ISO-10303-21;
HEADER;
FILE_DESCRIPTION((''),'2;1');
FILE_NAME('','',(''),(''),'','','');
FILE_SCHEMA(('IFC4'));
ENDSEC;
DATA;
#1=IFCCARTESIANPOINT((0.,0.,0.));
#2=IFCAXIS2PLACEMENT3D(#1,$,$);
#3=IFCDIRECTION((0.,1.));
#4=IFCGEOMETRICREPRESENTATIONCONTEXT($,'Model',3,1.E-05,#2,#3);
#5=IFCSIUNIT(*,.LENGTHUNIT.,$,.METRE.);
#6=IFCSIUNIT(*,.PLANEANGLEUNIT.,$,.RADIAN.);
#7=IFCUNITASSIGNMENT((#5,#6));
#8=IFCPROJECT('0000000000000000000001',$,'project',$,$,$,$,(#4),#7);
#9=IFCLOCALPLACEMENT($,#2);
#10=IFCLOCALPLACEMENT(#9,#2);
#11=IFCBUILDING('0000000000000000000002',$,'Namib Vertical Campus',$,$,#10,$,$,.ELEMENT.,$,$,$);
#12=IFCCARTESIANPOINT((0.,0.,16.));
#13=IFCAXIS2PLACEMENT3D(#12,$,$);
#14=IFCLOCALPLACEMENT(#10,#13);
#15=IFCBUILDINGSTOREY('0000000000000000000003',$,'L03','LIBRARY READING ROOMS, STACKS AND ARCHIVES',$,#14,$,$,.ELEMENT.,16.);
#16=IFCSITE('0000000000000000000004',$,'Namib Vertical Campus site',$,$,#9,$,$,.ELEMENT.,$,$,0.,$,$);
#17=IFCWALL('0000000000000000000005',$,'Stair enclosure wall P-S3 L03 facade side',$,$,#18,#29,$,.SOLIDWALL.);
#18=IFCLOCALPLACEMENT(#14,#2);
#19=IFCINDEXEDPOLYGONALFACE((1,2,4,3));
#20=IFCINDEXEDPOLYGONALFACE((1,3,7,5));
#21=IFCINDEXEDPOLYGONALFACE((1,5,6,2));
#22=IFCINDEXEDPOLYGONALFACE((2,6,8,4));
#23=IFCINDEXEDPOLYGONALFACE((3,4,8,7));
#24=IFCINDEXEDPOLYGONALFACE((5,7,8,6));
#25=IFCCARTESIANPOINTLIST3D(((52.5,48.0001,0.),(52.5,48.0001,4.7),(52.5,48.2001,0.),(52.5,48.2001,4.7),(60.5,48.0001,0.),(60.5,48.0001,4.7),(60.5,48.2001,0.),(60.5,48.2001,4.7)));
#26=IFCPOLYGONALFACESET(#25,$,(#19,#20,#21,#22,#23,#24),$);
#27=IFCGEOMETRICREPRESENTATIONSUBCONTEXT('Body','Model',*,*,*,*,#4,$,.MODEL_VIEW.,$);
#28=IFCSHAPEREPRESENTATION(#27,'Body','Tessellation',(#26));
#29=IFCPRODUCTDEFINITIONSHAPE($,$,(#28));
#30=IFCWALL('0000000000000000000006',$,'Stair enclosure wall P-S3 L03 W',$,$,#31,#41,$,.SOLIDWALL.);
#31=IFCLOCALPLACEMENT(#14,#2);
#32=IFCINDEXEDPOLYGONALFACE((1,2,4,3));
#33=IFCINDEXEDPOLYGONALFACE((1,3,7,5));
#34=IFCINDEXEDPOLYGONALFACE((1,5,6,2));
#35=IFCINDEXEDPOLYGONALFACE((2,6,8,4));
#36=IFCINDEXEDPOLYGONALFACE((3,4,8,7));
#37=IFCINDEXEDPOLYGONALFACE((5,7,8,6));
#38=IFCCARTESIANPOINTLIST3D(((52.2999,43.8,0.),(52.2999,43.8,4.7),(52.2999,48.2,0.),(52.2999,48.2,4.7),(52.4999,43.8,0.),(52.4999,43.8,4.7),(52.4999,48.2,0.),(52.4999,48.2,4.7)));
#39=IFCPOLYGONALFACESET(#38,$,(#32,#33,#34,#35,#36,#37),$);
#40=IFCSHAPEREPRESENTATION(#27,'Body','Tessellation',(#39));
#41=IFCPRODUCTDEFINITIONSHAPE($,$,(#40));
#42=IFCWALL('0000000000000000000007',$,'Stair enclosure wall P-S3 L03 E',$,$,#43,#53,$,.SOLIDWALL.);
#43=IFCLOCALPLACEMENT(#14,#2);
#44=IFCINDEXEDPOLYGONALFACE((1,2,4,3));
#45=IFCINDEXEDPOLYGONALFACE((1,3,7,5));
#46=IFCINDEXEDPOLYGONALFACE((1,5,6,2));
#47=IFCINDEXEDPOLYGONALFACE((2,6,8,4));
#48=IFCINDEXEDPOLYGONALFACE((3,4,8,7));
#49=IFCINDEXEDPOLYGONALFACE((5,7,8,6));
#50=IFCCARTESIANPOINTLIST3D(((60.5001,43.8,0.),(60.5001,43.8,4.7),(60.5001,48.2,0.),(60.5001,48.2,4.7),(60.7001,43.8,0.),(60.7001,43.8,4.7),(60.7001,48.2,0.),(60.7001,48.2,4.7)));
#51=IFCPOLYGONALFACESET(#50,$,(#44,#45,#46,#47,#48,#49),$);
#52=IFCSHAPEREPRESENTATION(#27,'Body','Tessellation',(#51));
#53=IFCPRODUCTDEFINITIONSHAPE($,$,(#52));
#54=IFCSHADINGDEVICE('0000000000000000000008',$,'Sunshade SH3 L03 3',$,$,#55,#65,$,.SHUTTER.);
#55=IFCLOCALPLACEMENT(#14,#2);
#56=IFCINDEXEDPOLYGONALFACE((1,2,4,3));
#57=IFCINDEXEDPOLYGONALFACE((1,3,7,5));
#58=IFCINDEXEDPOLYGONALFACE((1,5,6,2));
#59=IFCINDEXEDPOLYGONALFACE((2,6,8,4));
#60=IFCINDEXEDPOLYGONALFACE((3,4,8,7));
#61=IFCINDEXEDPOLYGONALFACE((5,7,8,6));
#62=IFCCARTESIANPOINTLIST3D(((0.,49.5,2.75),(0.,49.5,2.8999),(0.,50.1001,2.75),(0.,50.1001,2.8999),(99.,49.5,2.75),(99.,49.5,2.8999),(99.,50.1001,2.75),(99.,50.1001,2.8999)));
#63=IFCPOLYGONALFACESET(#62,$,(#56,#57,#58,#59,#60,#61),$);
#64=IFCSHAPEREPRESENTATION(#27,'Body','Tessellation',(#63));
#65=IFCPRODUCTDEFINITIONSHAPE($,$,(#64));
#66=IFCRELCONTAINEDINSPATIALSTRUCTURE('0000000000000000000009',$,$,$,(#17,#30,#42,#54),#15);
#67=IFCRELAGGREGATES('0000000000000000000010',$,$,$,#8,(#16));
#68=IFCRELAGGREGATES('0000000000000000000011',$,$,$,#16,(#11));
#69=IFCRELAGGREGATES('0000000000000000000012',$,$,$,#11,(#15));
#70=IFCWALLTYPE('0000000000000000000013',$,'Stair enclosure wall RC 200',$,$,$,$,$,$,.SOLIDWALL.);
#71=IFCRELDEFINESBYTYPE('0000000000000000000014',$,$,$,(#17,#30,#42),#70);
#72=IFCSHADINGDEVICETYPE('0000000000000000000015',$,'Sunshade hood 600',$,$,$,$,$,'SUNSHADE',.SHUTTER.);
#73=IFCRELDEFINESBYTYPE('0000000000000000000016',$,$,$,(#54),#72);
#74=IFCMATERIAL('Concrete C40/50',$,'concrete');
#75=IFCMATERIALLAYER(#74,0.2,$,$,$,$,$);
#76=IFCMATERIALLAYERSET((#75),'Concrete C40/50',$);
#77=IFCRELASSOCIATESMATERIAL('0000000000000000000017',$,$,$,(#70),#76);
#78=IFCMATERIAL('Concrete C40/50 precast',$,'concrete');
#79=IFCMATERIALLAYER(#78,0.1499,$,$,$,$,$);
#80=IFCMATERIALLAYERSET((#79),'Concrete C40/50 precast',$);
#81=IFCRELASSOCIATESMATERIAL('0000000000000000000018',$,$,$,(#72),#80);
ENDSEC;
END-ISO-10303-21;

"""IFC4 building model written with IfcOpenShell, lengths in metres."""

from ifc_helpers import new_model, si_unit, direction, frame, frame_2d, origin, origin_2d, place, context, subcontext, project, spatial, rectangle, extrude, material, layer, layer_set, type_object, element, save


model = new_model("IFC4")

# Units and contexts
model_context = context("Model", 3, precision=1e-05, world=origin(), true_north=direction((0.0, 1.0)))
body_context = subcontext(model_context, "Body", "Model", "MODEL_VIEW")
ifc_project = project(units=[si_unit("LENGTHUNIT", "METRE"), si_unit("PLANEANGLEUNIT", "RADIAN")], contexts=[model_context])

# Site, building, storey
site_placement = place(None, origin())
site = spatial("IfcSite", under=ifc_project, at=site_placement, Name="Namib Vertical Campus site", CompositionType="ELEMENT", RefElevation=0.0)
building_placement = place(site_placement, origin())
building = spatial("IfcBuilding", under=site, at=building_placement, Name="Namib Vertical Campus", CompositionType="ELEMENT")
storey_placement = place(building_placement, frame((0.0, 0.0, 16.0)))
storey = spatial("IfcBuildingStorey", under=building, at=storey_placement, Name="L03", Description="LIBRARY READING ROOMS, STACKS AND ARCHIVES", CompositionType="ELEMENT", Elevation=16.0)

# Shared definitions
ifc_material_1 = material(Name="Concrete C40/50", Category="concrete")
ifc_layer_1 = layer(ifc_material_1, 0.2)
ifc_layer_set_1 = layer_set([ifc_layer_1], Name="Concrete C40/50")
wall_type_1 = type_object("IfcWallType", Name="Stair enclosure wall RC 200", PredefinedType="SOLIDWALL", material=ifc_layer_set_1)

# Walls
wall_1_placement = place(storey_placement, frame((52.5, 48.1001, 0.0), z_axis=(0.0, 0.0, 1.0), x_axis=(1.0, 0.0, 0.0)))
element("IfcWall", 1, at=wall_1_placement, inside=storey, type_object=wall_type_1, Name="Stair enclosure wall P-S3 L03 facade side", PredefinedType="SOLIDWALL", context=body_context, shape_type="SweptSolid", body=[
    extrude(rectangle(XDim=8.0, YDim=0.2, at=frame_2d((4.0, 0.0))), origin(), (0.0, 0.0, 1.0), 4.7),
])
for number, where, z_axis, x_axis, name in (
    (2, (52.3999, 43.8, 0.0), (0.0, 0.0, 1.0), (0.0, 1.0, 0.0), "Stair enclosure wall P-S3 L03 W"),
    (3, (60.6001, 43.8, 0.0), (0.0, 0.0, 1.0), (0.0, 1.0, 0.0), "Stair enclosure wall P-S3 L03 E"),
):
    element("IfcWall", number, at=place(storey_placement, frame(where, z_axis=z_axis, x_axis=x_axis)), inside=storey, type_object=wall_type_1, Name=name, PredefinedType="SOLIDWALL", context=body_context, shape_type="SweptSolid", body=[
        extrude(rectangle(XDim=4.3999, YDim=0.2, at=frame_2d((2.2, 0.0))), origin(), (0.0, 0.0, 1.0), 4.7),
    ])

# Shading device
ifc_material_2 = material(Name="Concrete C40/50 precast", Category="concrete")
ifc_layer_2 = layer(ifc_material_2, 0.1499)
ifc_layer_set_2 = layer_set([ifc_layer_2], Name="Concrete C40/50 precast")
shading_device_type = type_object("IfcShadingDeviceType", Name="Sunshade hood 600", ElementType="SUNSHADE", PredefinedType="SHUTTER", material=ifc_layer_set_2)
shading_device_placement = place(storey_placement, frame((49.5, 49.8, 2.75), z_axis=(0.0, 0.0, 1.0), x_axis=(-1.0, 0.0, 0.0)))
element("IfcShadingDevice", 4, at=shading_device_placement, inside=storey, type_object=shading_device_type, Name="Sunshade SH3 L03 3", PredefinedType="SHUTTER", context=body_context, shape_type="SweptSolid", body=[
    extrude(rectangle(XDim=99.0, YDim=0.6001, at=origin_2d()), origin(), (0.0, 0.0, 1.0), 0.1499),
])

save(model, "model.ifc")
